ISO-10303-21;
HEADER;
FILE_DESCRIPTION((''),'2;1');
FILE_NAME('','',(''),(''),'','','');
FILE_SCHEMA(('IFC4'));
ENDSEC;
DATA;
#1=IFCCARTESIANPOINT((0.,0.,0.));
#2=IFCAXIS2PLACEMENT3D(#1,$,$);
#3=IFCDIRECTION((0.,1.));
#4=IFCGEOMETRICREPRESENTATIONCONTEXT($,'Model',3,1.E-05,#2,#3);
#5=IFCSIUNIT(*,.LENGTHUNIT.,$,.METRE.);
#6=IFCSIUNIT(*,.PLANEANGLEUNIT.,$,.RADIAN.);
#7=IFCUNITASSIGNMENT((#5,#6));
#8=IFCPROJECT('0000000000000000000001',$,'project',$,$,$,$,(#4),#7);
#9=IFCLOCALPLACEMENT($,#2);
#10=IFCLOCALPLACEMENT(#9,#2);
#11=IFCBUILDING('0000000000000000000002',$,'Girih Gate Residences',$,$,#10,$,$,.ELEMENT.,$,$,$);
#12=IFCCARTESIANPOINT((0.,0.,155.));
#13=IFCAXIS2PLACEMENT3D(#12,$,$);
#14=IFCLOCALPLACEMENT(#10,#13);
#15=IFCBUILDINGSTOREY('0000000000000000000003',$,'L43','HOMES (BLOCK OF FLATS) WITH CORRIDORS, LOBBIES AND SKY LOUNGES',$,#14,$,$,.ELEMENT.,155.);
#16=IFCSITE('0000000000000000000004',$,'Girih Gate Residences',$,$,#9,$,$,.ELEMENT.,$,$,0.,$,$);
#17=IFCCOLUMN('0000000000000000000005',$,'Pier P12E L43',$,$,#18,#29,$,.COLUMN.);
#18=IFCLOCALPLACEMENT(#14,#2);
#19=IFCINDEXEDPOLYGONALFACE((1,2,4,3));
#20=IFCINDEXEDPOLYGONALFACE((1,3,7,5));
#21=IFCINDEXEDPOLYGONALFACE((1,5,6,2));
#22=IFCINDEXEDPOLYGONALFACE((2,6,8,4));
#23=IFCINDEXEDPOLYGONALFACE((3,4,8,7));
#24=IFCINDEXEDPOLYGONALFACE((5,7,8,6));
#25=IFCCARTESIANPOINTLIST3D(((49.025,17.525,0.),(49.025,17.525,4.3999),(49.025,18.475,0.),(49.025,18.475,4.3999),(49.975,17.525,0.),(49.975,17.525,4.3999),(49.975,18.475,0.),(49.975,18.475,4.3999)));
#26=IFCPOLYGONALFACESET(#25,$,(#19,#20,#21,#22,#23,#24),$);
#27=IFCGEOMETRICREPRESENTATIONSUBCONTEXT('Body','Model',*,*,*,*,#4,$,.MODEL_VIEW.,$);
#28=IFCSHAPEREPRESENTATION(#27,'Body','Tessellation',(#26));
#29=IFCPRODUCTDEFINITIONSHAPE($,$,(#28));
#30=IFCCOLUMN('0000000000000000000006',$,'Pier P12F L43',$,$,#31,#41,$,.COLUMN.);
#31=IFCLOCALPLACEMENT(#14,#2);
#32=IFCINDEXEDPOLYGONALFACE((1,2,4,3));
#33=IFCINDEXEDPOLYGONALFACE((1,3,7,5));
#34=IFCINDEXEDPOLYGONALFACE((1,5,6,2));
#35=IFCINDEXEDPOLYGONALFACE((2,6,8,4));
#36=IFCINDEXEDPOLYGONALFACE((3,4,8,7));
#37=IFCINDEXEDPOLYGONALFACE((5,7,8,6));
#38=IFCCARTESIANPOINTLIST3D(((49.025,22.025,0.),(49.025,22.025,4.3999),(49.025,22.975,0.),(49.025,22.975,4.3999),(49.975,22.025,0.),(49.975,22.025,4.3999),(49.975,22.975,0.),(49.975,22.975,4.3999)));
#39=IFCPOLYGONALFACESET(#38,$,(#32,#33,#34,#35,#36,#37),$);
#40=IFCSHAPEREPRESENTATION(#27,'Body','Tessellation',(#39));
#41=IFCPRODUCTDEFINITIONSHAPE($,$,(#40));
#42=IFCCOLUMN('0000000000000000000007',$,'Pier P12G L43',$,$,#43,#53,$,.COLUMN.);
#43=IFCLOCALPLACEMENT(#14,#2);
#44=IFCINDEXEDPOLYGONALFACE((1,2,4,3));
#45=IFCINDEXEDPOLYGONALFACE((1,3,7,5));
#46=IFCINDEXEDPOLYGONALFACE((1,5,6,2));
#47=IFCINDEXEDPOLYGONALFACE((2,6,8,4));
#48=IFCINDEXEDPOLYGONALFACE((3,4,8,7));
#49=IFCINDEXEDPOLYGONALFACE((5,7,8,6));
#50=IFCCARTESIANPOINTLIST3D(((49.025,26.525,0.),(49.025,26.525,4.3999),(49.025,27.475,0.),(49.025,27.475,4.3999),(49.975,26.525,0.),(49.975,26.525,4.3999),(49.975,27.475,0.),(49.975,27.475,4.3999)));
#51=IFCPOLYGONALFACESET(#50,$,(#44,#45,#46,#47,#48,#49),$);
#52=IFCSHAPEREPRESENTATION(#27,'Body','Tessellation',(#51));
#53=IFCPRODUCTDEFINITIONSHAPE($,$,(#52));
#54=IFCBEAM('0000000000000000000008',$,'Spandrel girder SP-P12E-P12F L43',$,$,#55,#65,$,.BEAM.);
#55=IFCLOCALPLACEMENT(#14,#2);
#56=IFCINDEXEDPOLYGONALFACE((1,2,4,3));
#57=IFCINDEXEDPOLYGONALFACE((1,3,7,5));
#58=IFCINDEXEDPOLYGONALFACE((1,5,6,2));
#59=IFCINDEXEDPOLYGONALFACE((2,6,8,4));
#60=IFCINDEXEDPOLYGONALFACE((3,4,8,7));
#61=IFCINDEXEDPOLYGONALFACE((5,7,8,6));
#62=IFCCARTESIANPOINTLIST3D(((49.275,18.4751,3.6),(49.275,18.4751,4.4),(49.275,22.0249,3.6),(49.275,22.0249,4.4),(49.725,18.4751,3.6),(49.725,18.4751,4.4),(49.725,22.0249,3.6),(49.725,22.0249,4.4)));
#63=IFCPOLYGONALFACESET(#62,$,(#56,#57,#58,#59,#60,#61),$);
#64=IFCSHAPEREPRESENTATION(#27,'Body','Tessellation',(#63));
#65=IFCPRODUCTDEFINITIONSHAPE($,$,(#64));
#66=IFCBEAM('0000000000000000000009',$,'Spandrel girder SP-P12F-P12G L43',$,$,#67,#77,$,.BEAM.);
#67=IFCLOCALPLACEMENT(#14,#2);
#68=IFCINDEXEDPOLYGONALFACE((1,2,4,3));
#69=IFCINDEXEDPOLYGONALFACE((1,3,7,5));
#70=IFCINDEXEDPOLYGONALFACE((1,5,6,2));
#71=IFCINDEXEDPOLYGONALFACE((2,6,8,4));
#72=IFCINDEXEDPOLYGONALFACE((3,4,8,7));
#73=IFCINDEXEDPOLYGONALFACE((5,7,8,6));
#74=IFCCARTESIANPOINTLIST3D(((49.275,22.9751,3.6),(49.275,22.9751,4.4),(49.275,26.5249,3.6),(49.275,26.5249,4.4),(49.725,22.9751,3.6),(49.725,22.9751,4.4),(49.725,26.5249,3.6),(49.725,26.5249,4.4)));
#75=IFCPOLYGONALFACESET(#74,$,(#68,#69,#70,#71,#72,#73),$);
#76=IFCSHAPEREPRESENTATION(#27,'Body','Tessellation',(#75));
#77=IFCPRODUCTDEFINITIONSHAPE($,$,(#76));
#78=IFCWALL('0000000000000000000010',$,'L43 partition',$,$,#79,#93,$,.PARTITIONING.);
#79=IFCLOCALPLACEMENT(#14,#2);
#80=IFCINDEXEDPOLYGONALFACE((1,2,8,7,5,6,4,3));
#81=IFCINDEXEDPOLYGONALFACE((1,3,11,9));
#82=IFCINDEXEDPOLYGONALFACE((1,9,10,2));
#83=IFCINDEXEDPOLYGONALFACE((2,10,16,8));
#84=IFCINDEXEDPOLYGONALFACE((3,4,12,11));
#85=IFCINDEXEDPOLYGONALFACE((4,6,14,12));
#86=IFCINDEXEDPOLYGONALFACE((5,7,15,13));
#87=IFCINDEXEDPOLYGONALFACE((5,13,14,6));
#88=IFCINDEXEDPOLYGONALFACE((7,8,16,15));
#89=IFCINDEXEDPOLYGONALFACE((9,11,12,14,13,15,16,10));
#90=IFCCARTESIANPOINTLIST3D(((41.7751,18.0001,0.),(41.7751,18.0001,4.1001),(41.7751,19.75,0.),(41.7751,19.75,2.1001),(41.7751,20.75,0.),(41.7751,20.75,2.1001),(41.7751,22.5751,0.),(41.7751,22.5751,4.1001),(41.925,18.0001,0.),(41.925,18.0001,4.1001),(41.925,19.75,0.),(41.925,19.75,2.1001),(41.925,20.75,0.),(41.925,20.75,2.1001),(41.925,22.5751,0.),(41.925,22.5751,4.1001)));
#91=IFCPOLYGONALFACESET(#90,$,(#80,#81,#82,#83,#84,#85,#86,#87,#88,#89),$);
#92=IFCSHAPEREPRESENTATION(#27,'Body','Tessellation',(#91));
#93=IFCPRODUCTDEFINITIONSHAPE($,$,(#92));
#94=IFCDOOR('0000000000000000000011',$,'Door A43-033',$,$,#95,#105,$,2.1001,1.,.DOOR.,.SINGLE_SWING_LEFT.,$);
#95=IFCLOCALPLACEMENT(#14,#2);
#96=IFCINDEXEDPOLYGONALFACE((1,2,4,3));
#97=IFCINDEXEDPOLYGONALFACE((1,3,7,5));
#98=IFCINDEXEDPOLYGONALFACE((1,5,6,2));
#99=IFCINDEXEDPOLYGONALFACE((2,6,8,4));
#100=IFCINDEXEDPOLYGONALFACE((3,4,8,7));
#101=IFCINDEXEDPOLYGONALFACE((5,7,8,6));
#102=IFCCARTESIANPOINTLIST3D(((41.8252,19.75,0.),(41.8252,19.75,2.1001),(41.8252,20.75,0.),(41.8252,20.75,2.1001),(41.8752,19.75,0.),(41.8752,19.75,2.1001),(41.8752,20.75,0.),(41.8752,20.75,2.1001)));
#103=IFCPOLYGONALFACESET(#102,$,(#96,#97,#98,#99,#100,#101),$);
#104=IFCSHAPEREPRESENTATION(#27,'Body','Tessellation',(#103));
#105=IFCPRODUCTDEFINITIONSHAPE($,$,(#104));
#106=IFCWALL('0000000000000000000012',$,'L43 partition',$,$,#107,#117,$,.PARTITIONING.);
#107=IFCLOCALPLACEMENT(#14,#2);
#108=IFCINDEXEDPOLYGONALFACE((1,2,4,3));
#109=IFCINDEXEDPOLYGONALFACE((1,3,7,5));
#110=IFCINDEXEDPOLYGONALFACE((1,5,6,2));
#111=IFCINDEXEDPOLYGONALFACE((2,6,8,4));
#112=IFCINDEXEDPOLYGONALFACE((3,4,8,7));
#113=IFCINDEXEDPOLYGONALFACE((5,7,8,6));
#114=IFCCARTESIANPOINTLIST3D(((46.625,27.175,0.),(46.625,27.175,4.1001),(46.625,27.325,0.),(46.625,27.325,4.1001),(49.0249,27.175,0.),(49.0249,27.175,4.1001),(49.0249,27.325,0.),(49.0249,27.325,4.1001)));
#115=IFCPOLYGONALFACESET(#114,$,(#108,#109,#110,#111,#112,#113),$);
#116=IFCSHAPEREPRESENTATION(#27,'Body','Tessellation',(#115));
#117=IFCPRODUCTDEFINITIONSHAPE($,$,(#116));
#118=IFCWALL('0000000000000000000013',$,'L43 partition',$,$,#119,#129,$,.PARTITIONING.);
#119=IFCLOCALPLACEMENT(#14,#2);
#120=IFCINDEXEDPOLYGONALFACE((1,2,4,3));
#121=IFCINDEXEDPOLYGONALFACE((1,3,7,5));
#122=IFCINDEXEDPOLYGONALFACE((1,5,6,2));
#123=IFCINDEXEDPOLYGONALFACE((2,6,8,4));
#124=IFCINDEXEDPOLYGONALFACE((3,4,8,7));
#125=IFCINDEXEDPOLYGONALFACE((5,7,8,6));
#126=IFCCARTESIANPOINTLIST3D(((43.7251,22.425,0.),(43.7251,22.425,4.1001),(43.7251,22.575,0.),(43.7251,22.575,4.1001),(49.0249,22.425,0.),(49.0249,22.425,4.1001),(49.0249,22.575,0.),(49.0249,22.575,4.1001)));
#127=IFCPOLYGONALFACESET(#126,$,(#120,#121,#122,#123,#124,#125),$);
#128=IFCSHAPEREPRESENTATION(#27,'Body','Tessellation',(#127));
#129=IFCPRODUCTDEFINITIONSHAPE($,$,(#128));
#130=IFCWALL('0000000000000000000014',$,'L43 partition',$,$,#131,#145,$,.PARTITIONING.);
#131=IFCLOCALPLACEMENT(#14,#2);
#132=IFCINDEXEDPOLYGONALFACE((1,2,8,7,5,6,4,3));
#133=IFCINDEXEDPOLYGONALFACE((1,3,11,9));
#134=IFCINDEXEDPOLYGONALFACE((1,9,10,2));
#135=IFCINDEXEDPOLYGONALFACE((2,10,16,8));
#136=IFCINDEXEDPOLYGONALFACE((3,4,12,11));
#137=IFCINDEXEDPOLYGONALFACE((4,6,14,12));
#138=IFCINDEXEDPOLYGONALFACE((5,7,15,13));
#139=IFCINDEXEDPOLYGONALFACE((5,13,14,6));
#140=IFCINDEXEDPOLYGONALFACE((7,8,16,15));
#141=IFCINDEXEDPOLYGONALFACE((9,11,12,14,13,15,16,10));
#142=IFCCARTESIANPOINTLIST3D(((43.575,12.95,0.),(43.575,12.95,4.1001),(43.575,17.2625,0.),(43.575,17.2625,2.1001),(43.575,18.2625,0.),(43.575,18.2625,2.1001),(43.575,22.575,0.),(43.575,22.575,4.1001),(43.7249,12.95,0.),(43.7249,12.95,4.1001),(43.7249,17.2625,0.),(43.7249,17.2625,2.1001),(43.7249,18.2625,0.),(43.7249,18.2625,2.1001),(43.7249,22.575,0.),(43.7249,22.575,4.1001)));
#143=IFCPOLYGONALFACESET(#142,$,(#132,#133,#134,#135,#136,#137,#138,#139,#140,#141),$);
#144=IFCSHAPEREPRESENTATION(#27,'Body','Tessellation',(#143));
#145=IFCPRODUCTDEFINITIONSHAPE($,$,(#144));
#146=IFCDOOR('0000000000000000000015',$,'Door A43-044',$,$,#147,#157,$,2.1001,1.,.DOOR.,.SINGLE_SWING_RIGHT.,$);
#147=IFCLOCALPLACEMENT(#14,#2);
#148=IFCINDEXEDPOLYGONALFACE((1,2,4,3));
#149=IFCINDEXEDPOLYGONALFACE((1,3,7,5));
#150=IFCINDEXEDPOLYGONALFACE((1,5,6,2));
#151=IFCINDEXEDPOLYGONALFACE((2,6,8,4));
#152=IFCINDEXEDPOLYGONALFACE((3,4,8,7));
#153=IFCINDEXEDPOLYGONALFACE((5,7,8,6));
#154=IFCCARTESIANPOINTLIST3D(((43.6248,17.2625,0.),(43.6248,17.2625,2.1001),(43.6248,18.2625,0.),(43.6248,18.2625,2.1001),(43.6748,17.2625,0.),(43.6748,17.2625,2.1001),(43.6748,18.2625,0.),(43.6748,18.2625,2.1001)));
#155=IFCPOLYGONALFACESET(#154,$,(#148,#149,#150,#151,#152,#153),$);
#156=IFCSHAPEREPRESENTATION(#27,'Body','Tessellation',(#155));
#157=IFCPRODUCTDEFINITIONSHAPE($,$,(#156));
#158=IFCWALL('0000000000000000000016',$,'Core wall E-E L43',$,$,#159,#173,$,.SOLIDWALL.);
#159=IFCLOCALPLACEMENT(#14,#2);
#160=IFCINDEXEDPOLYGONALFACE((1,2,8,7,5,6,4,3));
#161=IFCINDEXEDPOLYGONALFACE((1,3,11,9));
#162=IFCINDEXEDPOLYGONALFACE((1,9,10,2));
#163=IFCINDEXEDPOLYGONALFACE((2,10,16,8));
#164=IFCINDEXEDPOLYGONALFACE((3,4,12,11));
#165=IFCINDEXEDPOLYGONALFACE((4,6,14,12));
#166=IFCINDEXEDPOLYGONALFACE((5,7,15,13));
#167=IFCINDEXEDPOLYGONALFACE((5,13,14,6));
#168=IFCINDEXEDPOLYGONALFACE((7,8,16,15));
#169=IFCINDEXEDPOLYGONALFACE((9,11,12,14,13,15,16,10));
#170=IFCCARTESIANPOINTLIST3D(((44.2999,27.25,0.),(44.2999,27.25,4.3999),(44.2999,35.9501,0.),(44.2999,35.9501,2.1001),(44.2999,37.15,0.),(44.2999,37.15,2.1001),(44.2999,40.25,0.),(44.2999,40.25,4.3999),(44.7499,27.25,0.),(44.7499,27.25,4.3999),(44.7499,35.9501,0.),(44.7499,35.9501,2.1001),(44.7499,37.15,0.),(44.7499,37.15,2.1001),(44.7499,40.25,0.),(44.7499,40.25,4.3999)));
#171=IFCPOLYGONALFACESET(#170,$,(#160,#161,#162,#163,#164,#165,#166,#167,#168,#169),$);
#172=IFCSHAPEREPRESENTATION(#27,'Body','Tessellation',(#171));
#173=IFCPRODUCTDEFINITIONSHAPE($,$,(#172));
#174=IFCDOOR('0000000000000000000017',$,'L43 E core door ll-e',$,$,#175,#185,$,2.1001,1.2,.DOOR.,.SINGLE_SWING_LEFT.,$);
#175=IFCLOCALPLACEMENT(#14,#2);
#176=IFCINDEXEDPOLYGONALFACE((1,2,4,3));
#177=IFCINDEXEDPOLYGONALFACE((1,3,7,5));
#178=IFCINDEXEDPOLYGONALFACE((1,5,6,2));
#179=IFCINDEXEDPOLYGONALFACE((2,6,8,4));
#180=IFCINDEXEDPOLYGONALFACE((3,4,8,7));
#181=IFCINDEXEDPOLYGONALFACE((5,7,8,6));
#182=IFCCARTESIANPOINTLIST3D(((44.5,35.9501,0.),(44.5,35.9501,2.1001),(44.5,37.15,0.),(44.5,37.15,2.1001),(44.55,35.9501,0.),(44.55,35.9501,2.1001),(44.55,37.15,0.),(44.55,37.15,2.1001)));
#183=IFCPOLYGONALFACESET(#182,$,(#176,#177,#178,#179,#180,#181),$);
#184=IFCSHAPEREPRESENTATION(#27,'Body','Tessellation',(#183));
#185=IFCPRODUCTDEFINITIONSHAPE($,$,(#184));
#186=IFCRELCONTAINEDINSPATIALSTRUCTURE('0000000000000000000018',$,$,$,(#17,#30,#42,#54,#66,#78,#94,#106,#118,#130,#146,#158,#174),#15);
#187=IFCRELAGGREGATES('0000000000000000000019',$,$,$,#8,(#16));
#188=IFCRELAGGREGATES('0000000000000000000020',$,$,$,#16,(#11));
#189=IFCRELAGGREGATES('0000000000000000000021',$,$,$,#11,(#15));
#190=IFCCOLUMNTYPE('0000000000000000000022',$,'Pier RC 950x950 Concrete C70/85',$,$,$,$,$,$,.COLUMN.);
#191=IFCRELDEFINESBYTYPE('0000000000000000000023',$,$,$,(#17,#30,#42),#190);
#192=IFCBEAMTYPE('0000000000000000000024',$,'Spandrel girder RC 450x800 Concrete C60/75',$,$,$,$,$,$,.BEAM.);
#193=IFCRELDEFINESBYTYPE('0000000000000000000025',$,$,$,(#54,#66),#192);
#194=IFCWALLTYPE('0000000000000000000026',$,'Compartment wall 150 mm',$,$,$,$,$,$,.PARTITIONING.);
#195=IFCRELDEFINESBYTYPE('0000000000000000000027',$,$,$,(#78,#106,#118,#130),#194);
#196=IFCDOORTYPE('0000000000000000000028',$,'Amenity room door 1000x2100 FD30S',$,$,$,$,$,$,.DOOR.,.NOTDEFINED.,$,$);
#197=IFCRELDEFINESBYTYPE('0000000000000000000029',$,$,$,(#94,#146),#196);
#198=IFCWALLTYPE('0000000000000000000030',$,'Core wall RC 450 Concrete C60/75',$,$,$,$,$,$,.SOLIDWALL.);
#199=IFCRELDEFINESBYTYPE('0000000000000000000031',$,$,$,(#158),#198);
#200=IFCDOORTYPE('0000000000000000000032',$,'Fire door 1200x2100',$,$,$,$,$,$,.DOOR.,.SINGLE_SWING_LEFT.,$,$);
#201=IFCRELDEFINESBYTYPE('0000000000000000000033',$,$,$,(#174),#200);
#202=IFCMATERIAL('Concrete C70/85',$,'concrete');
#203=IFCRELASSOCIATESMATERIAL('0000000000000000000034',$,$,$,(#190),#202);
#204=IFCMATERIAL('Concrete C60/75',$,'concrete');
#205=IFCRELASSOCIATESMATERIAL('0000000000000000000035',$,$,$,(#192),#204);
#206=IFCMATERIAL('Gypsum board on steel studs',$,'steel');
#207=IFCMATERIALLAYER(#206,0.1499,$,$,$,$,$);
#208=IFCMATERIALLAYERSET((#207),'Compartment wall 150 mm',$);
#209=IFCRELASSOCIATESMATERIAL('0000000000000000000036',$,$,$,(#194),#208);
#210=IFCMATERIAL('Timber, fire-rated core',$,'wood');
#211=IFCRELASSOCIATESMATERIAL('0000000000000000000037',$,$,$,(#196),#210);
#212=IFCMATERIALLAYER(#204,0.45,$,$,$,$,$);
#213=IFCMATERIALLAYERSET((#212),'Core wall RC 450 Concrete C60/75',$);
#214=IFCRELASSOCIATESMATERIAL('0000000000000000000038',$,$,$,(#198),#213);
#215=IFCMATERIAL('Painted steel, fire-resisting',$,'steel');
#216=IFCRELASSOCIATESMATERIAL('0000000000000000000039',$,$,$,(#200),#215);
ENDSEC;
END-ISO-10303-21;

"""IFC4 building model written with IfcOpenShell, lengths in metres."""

from ifc_helpers import new_model, si_unit, direction, frame, frame_2d, origin, origin_2d, place, context, subcontext, project, spatial, rectangle, extrude, material, layer, layer_set, material_profile, profile_set, type_object, element, fill, save


model = new_model("IFC4")

# Units and contexts
model_context = context("Model", 3, precision=1e-05, world=origin(), true_north=direction((0.0, 1.0)))
body_context = subcontext(model_context, "Body", "Model", "MODEL_VIEW")
ifc_project = project(units=[si_unit("LENGTHUNIT", "METRE"), si_unit("PLANEANGLEUNIT", "RADIAN")], contexts=[model_context])

# Site, building, storey
site_placement = place(None, origin())
site = spatial("IfcSite", under=ifc_project, at=site_placement, Name="Girih Gate Residences", CompositionType="ELEMENT", RefElevation=0.0)
building_placement = place(site_placement, origin())
building = spatial("IfcBuilding", under=site, at=building_placement, Name="Girih Gate Residences", CompositionType="ELEMENT")
storey_placement = place(building_placement, frame((0.0, 0.0, 155.0)))
storey = spatial("IfcBuildingStorey", under=building, at=storey_placement, Name="L43", Description="HOMES (BLOCK OF FLATS) WITH CORRIDORS, LOBBIES AND SKY LOUNGES", CompositionType="ELEMENT", Elevation=155.0)

# Columns
ifc_material_1 = material(Name="Concrete C70/85", Category="concrete")
ifc_material_profile_1 = material_profile(ifc_material_1, rectangle(XDim=0.95, YDim=0.95, at=origin_2d()))
ifc_profile_set_1 = profile_set([ifc_material_profile_1], Name="Concrete C70/85")
column_type = type_object("IfcColumnType", Name="Pier RC 950x950 Concrete C70/85", PredefinedType="COLUMN", material=ifc_profile_set_1)
for number, where, z_axis, x_axis, name in (
    (1, (49.5, 18.0, 0.0), (0.0, 0.0, 1.0), (1.0, 0.0, 0.0), "Pier P12E L43"),
    (2, (49.5, 22.5, 0.0), (0.0, 0.0, 1.0), (1.0, 0.0, 0.0), "Pier P12F L43"),
    (3, (49.5, 27.0, 0.0), (0.0, 0.0, 1.0), (1.0, 0.0, 0.0), "Pier P12G L43"),
):
    element("IfcColumn", number, at=place(storey_placement, frame(where, z_axis=z_axis, x_axis=x_axis)), inside=storey, type_object=column_type, Name=name, PredefinedType="COLUMN", context=body_context, shape_type="SweptSolid", body=[
        extrude(rectangle(XDim=0.95, YDim=0.95, at=origin_2d()), origin(), (0.0, 0.0, 1.0), 4.3999),
    ])

# Beams
ifc_material_2 = material(Name="Concrete C60/75", Category="concrete")
ifc_material_profile_2 = material_profile(ifc_material_2, rectangle(XDim=0.45, YDim=0.8, at=origin_2d()))
ifc_profile_set_2 = profile_set([ifc_material_profile_2], Name="Concrete C60/75")
beam_type = type_object("IfcBeamType", Name="Spandrel girder RC 450x800 Concrete C60/75", PredefinedType="BEAM", material=ifc_profile_set_2)
for number, where, z_axis, x_axis, name in (
    (4, (49.5, 18.4751, 4.0), (0.0, 1.0, 0.0), (-1.0, 0.0, 0.0), "Spandrel girder SP-P12E-P12F L43"),
    (5, (49.5, 22.9751, 4.0), (0.0, 1.0, 0.0), (-1.0, 0.0, 0.0), "Spandrel girder SP-P12F-P12G L43"),
):
    element("IfcBeam", number, at=place(storey_placement, frame(where, z_axis=z_axis, x_axis=x_axis)), inside=storey, type_object=beam_type, Name=name, PredefinedType="BEAM", context=body_context, shape_type="SweptSolid", body=[
        extrude(rectangle(XDim=0.45, YDim=0.8, at=origin_2d()), origin(), (0.0, 0.0, 1.0), 3.5498),
    ])

# Wall, opening, door
ifc_material_3 = material(Name="Gypsum board on steel studs", Category="steel")
ifc_layer_1 = layer(ifc_material_3, 0.1499)
ifc_layer_set_1 = layer_set([ifc_layer_1], Name="Compartment wall 150 mm")
wall_type_1 = type_object("IfcWallType", Name="Compartment wall 150 mm", PredefinedType="PARTITIONING", material=ifc_layer_set_1)
wall_1_placement = place(storey_placement, frame((41.8501, 18.0, 0.0), z_axis=(0.0, 0.0, 1.0), x_axis=(0.0, 1.0, 0.0)))
wall_1 = element("IfcWall", 6, at=wall_1_placement, inside=storey, type_object=wall_type_1, Name="L43 partition", PredefinedType="PARTITIONING", context=body_context, shape_type="SweptSolid", body=[
    extrude(rectangle(XDim=4.575, YDim=0.1499, at=frame_2d((2.2876, 0.0))), origin(), (0.0, 0.0, 1.0), 4.1001),
])
opening_1_placement = place(wall_1_placement, frame((1.75, 0.0, 0.0)))
opening_1 = element("IfcOpeningElement", 7, at=opening_1_placement, cuts=wall_1, PredefinedType="OPENING", context=body_context, shape_type="SweptSolid", body=[
    extrude(rectangle(XDim=1.0, YDim=2.1001, at=frame_2d((0.5, 1.05))), frame((0.0, 0.085, 0.0), z_axis=(0.0, -1.0, 0.0), x_axis=(1.0, 0.0, 0.0)), (0.0, 0.0, 1.0), 0.1699),
])
ifc_material_4 = material(Name="Timber, fire-rated core", Category="wood")
door_type_1 = type_object("IfcDoorType", Name="Amenity room door 1000x2100 FD30S", OperationType="NOTDEFINED", PredefinedType="DOOR", material=ifc_material_4)
door_1_placement = place(opening_1_placement, origin())
door_1 = element("IfcDoor", 8, at=door_1_placement, inside=storey, type_object=door_type_1, Name="Door A43-033", OperationType="SINGLE_SWING_LEFT", OverallHeight=2.1001, OverallWidth=1.0, PredefinedType="DOOR", context=body_context, shape_type="SweptSolid", body=[
    extrude(rectangle(XDim=1.0, YDim=2.1001, at=frame_2d((0.5, 1.05))), frame((0.0, 0.0249, 0.0), z_axis=(0.0, -1.0, 0.0), x_axis=(1.0, 0.0, 0.0)), (0.0, 0.0, 1.0), 0.05),
])
fill(opening_1, door_1)

# Walls
wall_2_placement = place(storey_placement, frame((46.625, 27.25, 0.0), z_axis=(0.0, 0.0, 1.0), x_axis=(1.0, 0.0, 0.0)))
element("IfcWall", 9, at=wall_2_placement, inside=storey, type_object=wall_type_1, Name="L43 partition", PredefinedType="PARTITIONING", context=body_context, shape_type="SweptSolid", body=[
    extrude(rectangle(XDim=2.3999, YDim=0.1499, at=frame_2d((1.2, 0.0))), origin(), (0.0, 0.0, 1.0), 4.1001),
])
wall_3_placement = place(storey_placement, frame((43.7251, 22.5, 0.0), z_axis=(0.0, 0.0, 1.0), x_axis=(1.0, 0.0, 0.0)))
element("IfcWall", 10, at=wall_3_placement, inside=storey, type_object=wall_type_1, Name="L43 partition", PredefinedType="PARTITIONING", context=body_context, shape_type="SweptSolid", body=[
    extrude(rectangle(XDim=5.2998, YDim=0.1499, at=frame_2d((2.6499, 0.0))), origin(), (0.0, 0.0, 1.0), 4.1001),
])

# Walls, openings, doors
wall_4_placement = place(storey_placement, frame((43.6499, 22.575, 0.0), z_axis=(0.0, 0.0, 1.0), x_axis=(0.0, -1.0, 0.0)))
wall_4 = element("IfcWall", 11, at=wall_4_placement, inside=storey, type_object=wall_type_1, Name="L43 partition", PredefinedType="PARTITIONING", context=body_context, shape_type="SweptSolid", body=[
    extrude(rectangle(XDim=9.625, YDim=0.1499, at=frame_2d((4.8125, 0.0))), origin(), (0.0, 0.0, 1.0), 4.1001),
])
opening_2_placement = place(wall_4_placement, frame((4.3125, 0.0, 0.0)))
opening_2 = element("IfcOpeningElement", 12, at=opening_2_placement, cuts=wall_4, PredefinedType="OPENING", context=body_context, shape_type="SweptSolid", body=[
    extrude(rectangle(XDim=1.0, YDim=2.1001, at=frame_2d((0.5, 1.05))), frame((0.0, 0.085, 0.0), z_axis=(0.0, -1.0, 0.0), x_axis=(1.0, 0.0, 0.0)), (0.0, 0.0, 1.0), 0.1699),
])
door_2_placement = place(opening_2_placement, origin())
door_2 = element("IfcDoor", 13, at=door_2_placement, inside=storey, type_object=door_type_1, Name="Door A43-044", OperationType="SINGLE_SWING_RIGHT", OverallHeight=2.1001, OverallWidth=1.0, PredefinedType="DOOR", context=body_context, shape_type="SweptSolid", body=[
    extrude(rectangle(XDim=1.0, YDim=2.1001, at=frame_2d((0.5, 1.05))), frame((0.0, 0.0249, 0.0), z_axis=(0.0, -1.0, 0.0), x_axis=(1.0, 0.0, 0.0)), (0.0, 0.0, 1.0), 0.05),
])
fill(opening_2, door_2)
ifc_layer_2 = layer(ifc_material_2, 0.45)
ifc_layer_set_2 = layer_set([ifc_layer_2], Name="Core wall RC 450 Concrete C60/75")
wall_type_2 = type_object("IfcWallType", Name="Core wall RC 450 Concrete C60/75", PredefinedType="SOLIDWALL", material=ifc_layer_set_2)
wall_5_placement = place(storey_placement, frame((44.5249, 27.25, 0.0), z_axis=(0.0, 0.0, 1.0), x_axis=(0.0, 1.0, 0.0)))
wall_5 = element("IfcWall", 14, at=wall_5_placement, inside=storey, type_object=wall_type_2, Name="Core wall E-E L43", PredefinedType="SOLIDWALL", context=body_context, shape_type="SweptSolid", body=[
    extrude(rectangle(XDim=13.0, YDim=0.45, at=frame_2d((6.5, 0.0))), origin(), (0.0, 0.0, 1.0), 4.3999),
])
opening_3_placement = place(wall_5_placement, frame((8.7, 0.0, 0.0)))
opening_3 = element("IfcOpeningElement", 15, at=opening_3_placement, cuts=wall_5, PredefinedType="OPENING", context=body_context, shape_type="SweptSolid", body=[
    extrude(rectangle(XDim=1.2, YDim=2.1001, at=frame_2d((0.6001, 1.05))), frame((0.0, 0.2349, 0.0), z_axis=(0.0, -1.0, 0.0), x_axis=(1.0, 0.0, 0.0)), (0.0, 0.0, 1.0), 0.47),
])
ifc_material_5 = material(Name="Painted steel, fire-resisting", Category="steel")
door_type_2 = type_object("IfcDoorType", Name="Fire door 1200x2100", OperationType="SINGLE_SWING_LEFT", PredefinedType="DOOR", material=ifc_material_5)
door_3_placement = place(opening_3_placement, origin())
door_3 = element("IfcDoor", 16, at=door_3_placement, inside=storey, type_object=door_type_2, Name="L43 E core door ll-e", OperationType="SINGLE_SWING_LEFT", OverallHeight=2.1001, OverallWidth=1.2, PredefinedType="DOOR", context=body_context, shape_type="SweptSolid", body=[
    extrude(rectangle(XDim=1.2, YDim=2.1001, at=frame_2d((0.6001, 1.05))), frame((0.0, 0.0249, 0.0), z_axis=(0.0, -1.0, 0.0), x_axis=(1.0, 0.0, 0.0)), (0.0, 0.0, 1.0), 0.05),
])
fill(opening_3, door_3)

save(model, "model.ifc")
